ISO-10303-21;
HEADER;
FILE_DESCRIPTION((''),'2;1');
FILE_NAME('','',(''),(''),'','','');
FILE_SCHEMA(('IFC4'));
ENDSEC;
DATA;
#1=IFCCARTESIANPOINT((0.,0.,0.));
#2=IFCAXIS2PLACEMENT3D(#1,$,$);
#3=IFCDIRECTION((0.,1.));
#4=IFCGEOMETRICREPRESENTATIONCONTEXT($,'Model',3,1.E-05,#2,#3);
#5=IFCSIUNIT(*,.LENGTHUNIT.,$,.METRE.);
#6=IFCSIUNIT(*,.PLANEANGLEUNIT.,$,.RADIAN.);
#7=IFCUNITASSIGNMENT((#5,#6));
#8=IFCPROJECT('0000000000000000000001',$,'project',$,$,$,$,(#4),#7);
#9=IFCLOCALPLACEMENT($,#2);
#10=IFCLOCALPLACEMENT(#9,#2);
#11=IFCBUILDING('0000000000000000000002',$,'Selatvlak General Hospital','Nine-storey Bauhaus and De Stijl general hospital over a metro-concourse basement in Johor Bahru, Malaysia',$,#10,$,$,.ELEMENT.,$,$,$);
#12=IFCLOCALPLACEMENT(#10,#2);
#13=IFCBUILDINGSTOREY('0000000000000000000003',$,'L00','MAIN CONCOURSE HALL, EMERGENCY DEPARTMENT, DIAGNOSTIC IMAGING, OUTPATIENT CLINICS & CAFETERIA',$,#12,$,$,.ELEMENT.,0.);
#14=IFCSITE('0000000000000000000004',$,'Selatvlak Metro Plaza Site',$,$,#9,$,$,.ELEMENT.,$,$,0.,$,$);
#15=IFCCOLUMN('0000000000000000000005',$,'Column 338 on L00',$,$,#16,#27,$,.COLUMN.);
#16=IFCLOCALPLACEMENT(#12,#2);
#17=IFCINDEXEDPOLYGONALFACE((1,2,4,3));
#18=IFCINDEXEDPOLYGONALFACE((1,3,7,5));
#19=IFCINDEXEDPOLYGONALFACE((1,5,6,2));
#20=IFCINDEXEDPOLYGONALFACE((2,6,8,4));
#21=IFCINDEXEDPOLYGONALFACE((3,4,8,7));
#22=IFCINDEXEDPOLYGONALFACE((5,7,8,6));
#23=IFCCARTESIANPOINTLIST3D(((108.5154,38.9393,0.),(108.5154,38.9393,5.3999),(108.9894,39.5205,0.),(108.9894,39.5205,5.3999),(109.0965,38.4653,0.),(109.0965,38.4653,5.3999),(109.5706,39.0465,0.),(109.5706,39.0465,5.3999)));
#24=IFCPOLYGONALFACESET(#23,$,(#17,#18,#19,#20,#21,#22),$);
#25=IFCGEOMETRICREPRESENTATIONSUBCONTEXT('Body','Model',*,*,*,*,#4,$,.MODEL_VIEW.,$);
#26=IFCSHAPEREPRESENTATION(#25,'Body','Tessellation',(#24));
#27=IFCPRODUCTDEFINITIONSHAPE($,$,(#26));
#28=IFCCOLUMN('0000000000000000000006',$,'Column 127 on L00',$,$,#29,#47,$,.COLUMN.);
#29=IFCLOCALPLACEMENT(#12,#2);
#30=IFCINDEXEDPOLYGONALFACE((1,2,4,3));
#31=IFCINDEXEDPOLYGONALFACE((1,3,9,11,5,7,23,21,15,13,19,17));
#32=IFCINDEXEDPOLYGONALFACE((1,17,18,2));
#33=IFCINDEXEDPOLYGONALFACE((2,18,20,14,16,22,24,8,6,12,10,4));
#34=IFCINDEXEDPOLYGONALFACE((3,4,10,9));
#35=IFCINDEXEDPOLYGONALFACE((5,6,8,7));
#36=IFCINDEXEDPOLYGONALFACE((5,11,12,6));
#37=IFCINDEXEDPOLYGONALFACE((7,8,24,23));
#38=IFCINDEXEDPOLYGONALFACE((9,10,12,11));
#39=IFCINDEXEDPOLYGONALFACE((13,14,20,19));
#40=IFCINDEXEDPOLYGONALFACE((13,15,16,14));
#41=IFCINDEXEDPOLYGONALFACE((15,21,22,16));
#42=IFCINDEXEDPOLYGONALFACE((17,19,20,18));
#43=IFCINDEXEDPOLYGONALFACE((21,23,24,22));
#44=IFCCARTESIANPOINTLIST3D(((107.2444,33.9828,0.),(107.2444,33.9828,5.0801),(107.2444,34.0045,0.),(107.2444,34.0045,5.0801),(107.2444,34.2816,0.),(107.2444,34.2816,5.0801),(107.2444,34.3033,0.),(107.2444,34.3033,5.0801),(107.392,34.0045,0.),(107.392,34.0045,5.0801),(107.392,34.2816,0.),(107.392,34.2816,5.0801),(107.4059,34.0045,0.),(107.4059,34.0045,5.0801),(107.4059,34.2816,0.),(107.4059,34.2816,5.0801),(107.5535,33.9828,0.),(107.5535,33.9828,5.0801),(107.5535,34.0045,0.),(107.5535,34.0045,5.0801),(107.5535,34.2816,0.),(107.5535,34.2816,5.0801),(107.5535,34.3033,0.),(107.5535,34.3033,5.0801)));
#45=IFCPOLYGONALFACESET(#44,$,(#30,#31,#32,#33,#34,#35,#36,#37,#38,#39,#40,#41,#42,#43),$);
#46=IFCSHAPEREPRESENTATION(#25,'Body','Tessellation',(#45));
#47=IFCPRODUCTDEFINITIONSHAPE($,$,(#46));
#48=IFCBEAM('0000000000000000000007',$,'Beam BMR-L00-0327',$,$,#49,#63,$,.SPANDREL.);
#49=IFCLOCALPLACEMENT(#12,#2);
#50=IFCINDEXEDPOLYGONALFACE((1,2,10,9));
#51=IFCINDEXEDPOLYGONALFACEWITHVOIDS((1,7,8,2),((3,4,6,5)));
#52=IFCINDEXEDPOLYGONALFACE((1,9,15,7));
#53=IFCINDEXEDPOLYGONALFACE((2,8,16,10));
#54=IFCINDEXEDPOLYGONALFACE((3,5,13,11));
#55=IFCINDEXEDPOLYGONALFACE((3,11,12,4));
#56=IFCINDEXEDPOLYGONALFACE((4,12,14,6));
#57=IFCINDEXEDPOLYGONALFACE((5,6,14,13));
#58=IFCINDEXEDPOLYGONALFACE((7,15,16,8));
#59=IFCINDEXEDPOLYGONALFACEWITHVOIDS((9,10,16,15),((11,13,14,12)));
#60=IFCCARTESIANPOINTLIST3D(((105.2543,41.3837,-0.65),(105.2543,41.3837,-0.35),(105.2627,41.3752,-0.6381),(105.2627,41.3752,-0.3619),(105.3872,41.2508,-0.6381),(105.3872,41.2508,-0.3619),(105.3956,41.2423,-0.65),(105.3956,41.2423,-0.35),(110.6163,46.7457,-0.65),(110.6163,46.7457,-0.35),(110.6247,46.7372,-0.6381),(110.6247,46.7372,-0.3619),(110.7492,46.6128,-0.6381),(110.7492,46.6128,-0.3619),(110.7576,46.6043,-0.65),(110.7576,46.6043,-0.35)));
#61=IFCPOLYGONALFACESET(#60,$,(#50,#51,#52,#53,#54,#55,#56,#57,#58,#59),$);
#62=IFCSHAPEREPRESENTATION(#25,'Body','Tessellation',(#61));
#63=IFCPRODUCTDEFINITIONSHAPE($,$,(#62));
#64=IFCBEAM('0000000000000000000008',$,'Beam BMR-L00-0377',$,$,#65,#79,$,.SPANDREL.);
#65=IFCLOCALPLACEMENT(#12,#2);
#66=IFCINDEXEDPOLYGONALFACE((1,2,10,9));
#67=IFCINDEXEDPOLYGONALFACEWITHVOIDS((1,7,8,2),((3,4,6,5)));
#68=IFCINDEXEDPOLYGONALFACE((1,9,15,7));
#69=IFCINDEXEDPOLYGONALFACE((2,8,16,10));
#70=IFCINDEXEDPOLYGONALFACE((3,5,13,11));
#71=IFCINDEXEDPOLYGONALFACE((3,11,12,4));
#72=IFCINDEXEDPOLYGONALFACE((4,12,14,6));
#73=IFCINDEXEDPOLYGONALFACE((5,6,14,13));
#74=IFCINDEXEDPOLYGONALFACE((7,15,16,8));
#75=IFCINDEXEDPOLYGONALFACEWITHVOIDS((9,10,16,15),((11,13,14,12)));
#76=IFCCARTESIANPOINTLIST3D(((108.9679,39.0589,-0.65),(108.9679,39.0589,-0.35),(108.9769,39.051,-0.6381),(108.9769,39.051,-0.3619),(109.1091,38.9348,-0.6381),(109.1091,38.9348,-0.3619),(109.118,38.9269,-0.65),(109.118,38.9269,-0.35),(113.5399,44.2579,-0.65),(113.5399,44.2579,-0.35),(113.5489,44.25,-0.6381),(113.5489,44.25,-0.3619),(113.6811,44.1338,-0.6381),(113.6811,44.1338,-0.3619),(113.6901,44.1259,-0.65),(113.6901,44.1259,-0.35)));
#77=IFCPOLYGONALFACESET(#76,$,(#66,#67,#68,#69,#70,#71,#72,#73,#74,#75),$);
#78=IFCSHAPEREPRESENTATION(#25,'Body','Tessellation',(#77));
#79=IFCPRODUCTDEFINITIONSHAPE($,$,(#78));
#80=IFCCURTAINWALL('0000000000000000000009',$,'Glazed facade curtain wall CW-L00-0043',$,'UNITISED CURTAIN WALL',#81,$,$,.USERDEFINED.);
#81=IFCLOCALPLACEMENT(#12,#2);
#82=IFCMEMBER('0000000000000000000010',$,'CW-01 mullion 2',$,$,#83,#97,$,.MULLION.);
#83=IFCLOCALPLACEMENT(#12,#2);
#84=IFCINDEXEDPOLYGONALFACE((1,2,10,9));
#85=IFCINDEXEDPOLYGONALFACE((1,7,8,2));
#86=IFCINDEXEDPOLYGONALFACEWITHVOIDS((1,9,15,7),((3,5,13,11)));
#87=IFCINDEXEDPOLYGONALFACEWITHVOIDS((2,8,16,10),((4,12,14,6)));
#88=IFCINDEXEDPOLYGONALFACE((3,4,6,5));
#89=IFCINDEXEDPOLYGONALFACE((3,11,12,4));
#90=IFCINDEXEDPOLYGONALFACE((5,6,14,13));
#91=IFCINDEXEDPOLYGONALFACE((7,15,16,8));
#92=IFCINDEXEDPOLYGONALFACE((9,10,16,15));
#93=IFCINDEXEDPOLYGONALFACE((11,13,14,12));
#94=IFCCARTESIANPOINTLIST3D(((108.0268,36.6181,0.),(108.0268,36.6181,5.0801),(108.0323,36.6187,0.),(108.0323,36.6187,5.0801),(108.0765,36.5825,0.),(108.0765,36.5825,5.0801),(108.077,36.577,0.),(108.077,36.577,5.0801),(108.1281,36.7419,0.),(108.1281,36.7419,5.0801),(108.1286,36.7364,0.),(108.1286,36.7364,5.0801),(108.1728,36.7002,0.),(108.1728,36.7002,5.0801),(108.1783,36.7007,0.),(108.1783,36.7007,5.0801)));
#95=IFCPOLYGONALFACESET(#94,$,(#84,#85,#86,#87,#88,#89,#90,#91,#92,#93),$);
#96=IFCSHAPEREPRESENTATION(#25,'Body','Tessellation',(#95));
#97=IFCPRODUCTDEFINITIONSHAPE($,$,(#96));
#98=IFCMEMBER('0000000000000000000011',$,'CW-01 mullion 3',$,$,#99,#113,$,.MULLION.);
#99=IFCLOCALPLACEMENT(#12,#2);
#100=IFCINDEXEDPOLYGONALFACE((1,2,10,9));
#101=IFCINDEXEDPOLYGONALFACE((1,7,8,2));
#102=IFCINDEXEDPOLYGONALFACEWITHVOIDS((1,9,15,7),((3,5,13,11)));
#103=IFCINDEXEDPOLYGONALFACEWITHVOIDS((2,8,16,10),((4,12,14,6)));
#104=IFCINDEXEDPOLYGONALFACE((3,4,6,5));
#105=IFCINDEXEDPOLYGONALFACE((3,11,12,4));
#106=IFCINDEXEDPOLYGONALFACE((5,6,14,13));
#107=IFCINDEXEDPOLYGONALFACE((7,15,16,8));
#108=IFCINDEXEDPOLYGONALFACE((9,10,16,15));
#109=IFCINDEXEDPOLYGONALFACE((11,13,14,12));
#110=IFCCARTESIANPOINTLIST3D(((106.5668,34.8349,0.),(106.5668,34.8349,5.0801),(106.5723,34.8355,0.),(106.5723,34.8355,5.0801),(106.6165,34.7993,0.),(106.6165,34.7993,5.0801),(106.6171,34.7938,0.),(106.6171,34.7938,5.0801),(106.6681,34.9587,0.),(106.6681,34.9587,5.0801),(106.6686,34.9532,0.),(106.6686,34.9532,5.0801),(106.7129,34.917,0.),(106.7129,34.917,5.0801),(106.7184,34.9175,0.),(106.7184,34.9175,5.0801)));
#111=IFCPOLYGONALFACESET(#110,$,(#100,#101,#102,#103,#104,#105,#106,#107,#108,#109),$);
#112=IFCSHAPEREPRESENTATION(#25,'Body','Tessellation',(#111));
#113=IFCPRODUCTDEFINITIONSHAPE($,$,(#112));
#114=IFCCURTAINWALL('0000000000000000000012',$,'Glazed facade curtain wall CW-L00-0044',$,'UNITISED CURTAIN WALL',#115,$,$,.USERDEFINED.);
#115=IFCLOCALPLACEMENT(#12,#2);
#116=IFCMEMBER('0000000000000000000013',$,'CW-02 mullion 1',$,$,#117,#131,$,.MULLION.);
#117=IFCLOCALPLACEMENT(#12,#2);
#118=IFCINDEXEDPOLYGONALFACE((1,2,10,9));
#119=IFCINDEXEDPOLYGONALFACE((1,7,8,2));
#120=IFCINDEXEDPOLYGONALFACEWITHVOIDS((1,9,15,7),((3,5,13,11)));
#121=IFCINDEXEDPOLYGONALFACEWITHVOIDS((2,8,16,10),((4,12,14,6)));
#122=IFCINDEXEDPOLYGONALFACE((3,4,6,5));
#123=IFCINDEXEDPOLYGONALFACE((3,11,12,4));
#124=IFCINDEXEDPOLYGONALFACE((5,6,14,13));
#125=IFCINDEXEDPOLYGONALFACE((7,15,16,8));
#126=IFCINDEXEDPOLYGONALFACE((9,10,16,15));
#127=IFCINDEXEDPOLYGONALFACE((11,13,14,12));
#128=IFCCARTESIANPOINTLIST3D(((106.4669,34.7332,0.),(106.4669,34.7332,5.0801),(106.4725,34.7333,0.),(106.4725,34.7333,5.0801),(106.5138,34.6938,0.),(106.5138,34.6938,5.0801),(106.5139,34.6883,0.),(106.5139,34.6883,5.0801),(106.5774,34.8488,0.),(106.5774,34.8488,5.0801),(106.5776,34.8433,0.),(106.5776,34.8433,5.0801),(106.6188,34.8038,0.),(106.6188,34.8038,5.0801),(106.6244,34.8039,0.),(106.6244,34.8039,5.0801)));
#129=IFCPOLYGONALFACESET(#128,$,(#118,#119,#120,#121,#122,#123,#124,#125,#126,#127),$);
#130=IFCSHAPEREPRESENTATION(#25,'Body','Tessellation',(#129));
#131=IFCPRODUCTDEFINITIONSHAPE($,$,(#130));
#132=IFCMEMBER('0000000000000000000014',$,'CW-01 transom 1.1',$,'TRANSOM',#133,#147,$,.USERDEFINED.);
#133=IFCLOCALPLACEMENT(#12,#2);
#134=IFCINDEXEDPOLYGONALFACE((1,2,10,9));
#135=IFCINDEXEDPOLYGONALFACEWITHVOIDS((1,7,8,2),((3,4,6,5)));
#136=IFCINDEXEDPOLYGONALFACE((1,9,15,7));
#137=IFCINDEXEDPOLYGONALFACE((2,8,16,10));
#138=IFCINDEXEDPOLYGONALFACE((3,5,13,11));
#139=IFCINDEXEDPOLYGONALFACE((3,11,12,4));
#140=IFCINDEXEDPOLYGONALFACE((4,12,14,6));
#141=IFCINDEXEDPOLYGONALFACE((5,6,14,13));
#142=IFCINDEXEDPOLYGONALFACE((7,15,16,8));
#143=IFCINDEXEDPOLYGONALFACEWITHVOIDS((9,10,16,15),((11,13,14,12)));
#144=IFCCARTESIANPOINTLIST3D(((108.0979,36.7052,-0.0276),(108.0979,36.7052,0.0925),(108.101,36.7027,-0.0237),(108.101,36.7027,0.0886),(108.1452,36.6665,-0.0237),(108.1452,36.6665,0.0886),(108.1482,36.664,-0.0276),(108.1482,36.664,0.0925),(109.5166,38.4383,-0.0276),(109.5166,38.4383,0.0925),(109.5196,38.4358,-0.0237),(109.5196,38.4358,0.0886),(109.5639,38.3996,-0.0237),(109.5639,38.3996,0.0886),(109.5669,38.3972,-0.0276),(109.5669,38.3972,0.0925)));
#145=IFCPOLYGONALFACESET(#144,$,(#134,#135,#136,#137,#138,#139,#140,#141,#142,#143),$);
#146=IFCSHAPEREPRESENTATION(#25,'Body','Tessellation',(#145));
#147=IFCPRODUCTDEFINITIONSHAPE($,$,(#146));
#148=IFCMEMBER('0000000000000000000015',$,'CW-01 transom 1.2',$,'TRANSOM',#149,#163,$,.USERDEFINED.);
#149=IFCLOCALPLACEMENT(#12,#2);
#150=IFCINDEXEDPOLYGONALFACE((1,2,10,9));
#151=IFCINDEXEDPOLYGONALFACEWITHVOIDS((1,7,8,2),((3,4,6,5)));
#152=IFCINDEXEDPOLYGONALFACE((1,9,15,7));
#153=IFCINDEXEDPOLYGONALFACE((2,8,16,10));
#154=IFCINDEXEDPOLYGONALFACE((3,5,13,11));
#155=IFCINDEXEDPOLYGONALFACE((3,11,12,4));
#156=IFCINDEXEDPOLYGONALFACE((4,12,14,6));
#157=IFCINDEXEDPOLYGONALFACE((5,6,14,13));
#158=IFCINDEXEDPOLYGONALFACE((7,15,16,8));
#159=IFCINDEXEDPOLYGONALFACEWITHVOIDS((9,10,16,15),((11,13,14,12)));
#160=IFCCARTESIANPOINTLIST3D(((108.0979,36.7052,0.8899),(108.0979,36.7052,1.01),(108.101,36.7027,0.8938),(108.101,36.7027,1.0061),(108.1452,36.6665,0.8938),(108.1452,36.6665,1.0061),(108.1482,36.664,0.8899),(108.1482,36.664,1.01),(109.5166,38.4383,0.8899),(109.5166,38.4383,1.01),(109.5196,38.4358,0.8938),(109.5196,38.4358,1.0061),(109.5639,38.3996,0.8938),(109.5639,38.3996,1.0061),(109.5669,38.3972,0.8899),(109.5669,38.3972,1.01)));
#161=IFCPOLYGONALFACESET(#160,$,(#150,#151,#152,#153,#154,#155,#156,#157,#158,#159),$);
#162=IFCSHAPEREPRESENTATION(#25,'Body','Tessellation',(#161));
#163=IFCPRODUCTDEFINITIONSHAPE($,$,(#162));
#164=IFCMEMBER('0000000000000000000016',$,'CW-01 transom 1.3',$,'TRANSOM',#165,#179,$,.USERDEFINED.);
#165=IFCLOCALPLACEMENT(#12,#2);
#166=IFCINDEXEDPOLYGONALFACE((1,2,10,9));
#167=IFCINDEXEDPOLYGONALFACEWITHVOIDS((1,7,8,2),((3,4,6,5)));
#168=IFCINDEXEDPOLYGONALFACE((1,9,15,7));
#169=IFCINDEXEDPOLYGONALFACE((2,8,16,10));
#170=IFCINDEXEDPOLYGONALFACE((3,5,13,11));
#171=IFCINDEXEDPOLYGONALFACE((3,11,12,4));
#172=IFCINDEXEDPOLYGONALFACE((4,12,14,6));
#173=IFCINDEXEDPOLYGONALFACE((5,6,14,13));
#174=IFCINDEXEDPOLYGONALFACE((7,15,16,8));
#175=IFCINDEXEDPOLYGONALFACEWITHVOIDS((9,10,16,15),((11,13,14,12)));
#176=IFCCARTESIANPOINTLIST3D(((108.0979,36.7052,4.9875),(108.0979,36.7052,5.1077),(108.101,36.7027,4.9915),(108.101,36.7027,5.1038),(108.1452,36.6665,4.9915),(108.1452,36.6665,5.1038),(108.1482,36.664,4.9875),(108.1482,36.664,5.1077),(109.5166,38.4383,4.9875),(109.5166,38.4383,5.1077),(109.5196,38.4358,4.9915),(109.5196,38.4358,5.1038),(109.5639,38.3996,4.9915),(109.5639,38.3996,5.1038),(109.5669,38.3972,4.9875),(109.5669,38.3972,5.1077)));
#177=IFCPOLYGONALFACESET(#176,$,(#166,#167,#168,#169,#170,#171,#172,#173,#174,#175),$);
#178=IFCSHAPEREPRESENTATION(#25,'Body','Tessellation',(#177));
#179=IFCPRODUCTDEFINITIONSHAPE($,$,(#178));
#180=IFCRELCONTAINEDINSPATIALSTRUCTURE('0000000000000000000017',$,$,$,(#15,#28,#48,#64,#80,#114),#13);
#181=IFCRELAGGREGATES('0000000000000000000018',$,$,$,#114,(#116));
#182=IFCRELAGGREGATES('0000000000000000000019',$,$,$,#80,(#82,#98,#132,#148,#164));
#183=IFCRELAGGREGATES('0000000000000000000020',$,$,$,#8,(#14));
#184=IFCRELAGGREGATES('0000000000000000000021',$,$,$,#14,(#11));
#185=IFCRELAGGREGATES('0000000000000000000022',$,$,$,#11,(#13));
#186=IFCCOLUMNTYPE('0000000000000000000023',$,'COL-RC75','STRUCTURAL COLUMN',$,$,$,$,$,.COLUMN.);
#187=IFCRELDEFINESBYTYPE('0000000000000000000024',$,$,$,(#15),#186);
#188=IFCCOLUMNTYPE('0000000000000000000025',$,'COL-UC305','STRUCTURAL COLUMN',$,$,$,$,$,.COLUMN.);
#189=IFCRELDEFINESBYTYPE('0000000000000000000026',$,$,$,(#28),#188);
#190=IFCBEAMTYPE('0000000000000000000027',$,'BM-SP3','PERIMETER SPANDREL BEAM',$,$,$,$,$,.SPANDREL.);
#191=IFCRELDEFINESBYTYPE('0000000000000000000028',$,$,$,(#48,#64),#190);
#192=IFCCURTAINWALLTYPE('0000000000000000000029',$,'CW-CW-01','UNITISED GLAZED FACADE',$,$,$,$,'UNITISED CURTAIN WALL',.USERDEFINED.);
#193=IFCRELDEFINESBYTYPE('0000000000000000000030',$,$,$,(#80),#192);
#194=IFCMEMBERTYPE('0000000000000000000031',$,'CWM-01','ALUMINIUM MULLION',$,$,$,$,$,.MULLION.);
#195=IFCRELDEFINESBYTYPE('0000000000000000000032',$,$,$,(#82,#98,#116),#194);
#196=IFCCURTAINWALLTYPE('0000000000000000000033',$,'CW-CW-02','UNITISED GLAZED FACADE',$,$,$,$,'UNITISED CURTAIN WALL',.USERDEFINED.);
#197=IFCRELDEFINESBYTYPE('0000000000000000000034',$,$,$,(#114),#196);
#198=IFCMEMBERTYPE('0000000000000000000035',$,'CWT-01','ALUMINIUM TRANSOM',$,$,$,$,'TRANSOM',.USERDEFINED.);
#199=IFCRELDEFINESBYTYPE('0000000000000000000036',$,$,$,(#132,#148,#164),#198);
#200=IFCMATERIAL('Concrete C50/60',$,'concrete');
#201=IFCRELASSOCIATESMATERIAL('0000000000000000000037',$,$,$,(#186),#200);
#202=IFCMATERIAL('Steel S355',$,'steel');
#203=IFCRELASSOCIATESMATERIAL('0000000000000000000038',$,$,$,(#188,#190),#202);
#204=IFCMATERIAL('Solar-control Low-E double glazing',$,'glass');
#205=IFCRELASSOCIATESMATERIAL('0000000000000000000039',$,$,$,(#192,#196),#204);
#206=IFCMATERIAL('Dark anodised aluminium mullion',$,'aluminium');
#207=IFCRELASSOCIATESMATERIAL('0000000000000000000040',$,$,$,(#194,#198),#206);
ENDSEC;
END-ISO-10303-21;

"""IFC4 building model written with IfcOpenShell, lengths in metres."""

from ifc_helpers import new_model, si_unit, direction, frame, origin, origin_2d, place, context, subcontext, project, spatial, rectangle, hollow_rectangle, i_section, extrude, material, material_profile, profile_set, type_object, element, aggregate, save


model = new_model("IFC4")

# Units and contexts
model_context = context("Model", 3, precision=1e-05, world=origin(), true_north=direction((0.0, 1.0)))
body_context = subcontext(model_context, "Body", "Model", "MODEL_VIEW")
ifc_project = project(units=[si_unit("LENGTHUNIT", "METRE"), si_unit("PLANEANGLEUNIT", "RADIAN")], contexts=[model_context])

# Site, building, storey
site_placement = place(None, origin())
site = spatial("IfcSite", under=ifc_project, at=site_placement, Name="Selatvlak Metro Plaza Site", CompositionType="ELEMENT", RefElevation=0.0)
building_placement = place(site_placement, origin())
building = spatial("IfcBuilding", under=site, at=building_placement, Name="Selatvlak General Hospital", Description="Nine-storey Bauhaus and De Stijl general hospital over a metro-concourse basement in Johor Bahru, Malaysia", CompositionType="ELEMENT")
storey_placement = place(building_placement, origin())
storey = spatial("IfcBuildingStorey", under=building, at=storey_placement, Name="L00", Description="MAIN CONCOURSE HALL, EMERGENCY DEPARTMENT, DIAGNOSTIC IMAGING, OUTPATIENT CLINICS & CAFETERIA", CompositionType="ELEMENT", Elevation=0.0)

# Columns
ifc_material_1 = material(Name="Concrete C50/60", Category="concrete")
ifc_material_profile_1 = material_profile(ifc_material_1, rectangle(XDim=0.75, YDim=0.75, at=origin_2d()), Name="RC-COL 750x750")
ifc_profile_set_1 = profile_set([ifc_material_profile_1], Name="Concrete C50/60")
column_type_1 = type_object("IfcColumnType", Name="COL-RC75", Description="STRUCTURAL COLUMN", PredefinedType="COLUMN", material=ifc_profile_set_1)
column_1_placement = place(storey_placement, frame((109.043, 38.9929, 0.0), z_axis=(0.0, 0.0, 1.0), x_axis=(-0.774922, 0.632056, 0.0)))
element("IfcColumn", 1, at=column_1_placement, inside=storey, type_object=column_type_1, Name="Column 338 on L00", PredefinedType="COLUMN", context=body_context, shape_type="SweptSolid", body=[
    extrude(rectangle(XDim=0.75, YDim=0.75, at=origin_2d()), origin(), (0.0, 0.0, 1.0), 5.3999),
])
ifc_material_2 = material(Name="Steel S355", Category="steel")
ifc_material_profile_2 = material_profile(ifc_material_2, i_section(OverallWidth=0.3091, OverallDepth=0.3206, WebThickness=0.0139, FlangeThickness=0.0217, at=origin_2d()), Name="UC 305x305x137")
ifc_profile_set_2 = profile_set([ifc_material_profile_2], Name="Steel S355")
column_type_2 = type_object("IfcColumnType", Name="COL-UC305", Description="STRUCTURAL COLUMN", PredefinedType="COLUMN", material=ifc_profile_set_2)
column_2_placement = place(storey_placement, frame((107.3989, 34.1431, 0.0), z_axis=(0.0, 0.0, 1.0), x_axis=(1.0, 0.0, 0.0)))
element("IfcColumn", 2, at=column_2_placement, inside=storey, type_object=column_type_2, Name="Column 127 on L00", PredefinedType="COLUMN", context=body_context, shape_type="SweptSolid", body=[
    extrude(i_section(OverallWidth=0.3091, OverallDepth=0.3206, WebThickness=0.0139, FlangeThickness=0.0217, at=origin_2d()), origin(), (0.0, 0.0, 1.0), 5.0801),
])

# Beams
ifc_material_profile_3 = material_profile(ifc_material_2, hollow_rectangle(XDim=0.2, YDim=0.3, WallThickness=0.012, at=origin_2d()), Name="RHS 300x200x12")
ifc_profile_set_3 = profile_set([ifc_material_profile_3], Name="Steel S355")
beam_type = type_object("IfcBeamType", Name="BM-SP3", Description="PERIMETER SPANDREL BEAM", PredefinedType="SPANDREL", material=ifc_profile_set_3)
beam_1_placement = place(storey_placement, frame((105.325, 41.313, -0.5), z_axis=(0.707107, 0.707107, 0.0), x_axis=(-0.707107, 0.707107, 0.0)))
element("IfcBeam", 3, at=beam_1_placement, inside=storey, type_object=beam_type, Name="Beam BMR-L00-0327", PredefinedType="SPANDREL", context=body_context, shape_type="SweptSolid", body=[
    extrude(hollow_rectangle(XDim=0.2, YDim=0.3, WallThickness=0.012, at=origin_2d()), origin(), (0.0, 0.0, 1.0), 7.583),
])
beam_2_placement = place(storey_placement, frame((109.043, 38.9929, -0.5), z_axis=(0.660377, 0.750934, 0.0), x_axis=(-0.750934, 0.660377, 0.0)))
element("IfcBeam", 4, at=beam_2_placement, inside=storey, type_object=beam_type, Name="Beam BMR-L00-0377", PredefinedType="SPANDREL", context=body_context, shape_type="SweptSolid", body=[
    extrude(hollow_rectangle(XDim=0.2, YDim=0.3, WallThickness=0.012, at=origin_2d()), origin(), (0.0, 0.0, 1.0), 6.9233),
])

# Curtain wall, members
ifc_material_3 = material(Name="Solar-control Low-E double glazing", Category="glass")
curtain_wall_type_1 = type_object("IfcCurtainWallType", Name="CW-CW-01", Description="UNITISED GLAZED FACADE", ElementType="UNITISED CURTAIN WALL", PredefinedType="USERDEFINED", material=ifc_material_3)
curtain_wall_1_placement = place(storey_placement, origin())
curtain_wall_1 = element("IfcCurtainWall", 5, at=curtain_wall_1_placement, inside=storey, type_object=curtain_wall_type_1, Name="Glazed facade curtain wall CW-L00-0043", ObjectType="UNITISED CURTAIN WALL", PredefinedType="USERDEFINED")
ifc_material_4 = material(Name="Dark anodised aluminium mullion", Category="aluminium")
ifc_material_profile_4 = material_profile(ifc_material_4, hollow_rectangle(XDim=0.0649, YDim=0.1599, WallThickness=0.0039, at=origin_2d()), Name="AL-MUL 65x160x4")
ifc_profile_set_4 = profile_set([ifc_material_profile_4], Name="Dark anodised aluminium mullion")
member_type_1 = type_object("IfcMemberType", Name="CWM-01", Description="ALUMINIUM MULLION", PredefinedType="MULLION", material=ifc_profile_set_4)
member_1_placement = place(storey_placement, frame((108.1025, 36.6594, 0.0), z_axis=(0.0, 0.0, 1.0), x_axis=(0.773786, -0.633447, 0.0)))
member_1 = element("IfcMember", 6, at=member_1_placement, type_object=member_type_1, Name="CW-01 mullion 2", PredefinedType="MULLION", context=body_context, shape_type="SweptSolid", body=[
    extrude(hollow_rectangle(XDim=0.0649, YDim=0.1599, WallThickness=0.0039, at=origin_2d()), origin(), (0.0, 0.0, 1.0), 5.0801),
])
member_2_placement = place(storey_placement, frame((106.6426, 34.8762, 0.0), z_axis=(0.0, 0.0, 1.0), x_axis=(0.773786, -0.633447, 0.0)))
member_2 = element("IfcMember", 7, at=member_2_placement, type_object=member_type_1, Name="CW-01 mullion 3", PredefinedType="MULLION", context=body_context, shape_type="SweptSolid", body=[
    extrude(hollow_rectangle(XDim=0.0649, YDim=0.1599, WallThickness=0.0039, at=origin_2d()), origin(), (0.0, 0.0, 1.0), 5.0801),
])

# Curtain wall, member
curtain_wall_type_2 = type_object("IfcCurtainWallType", Name="CW-CW-02", Description="UNITISED GLAZED FACADE", ElementType="UNITISED CURTAIN WALL", PredefinedType="USERDEFINED", material=ifc_material_3)
curtain_wall_2_placement = place(storey_placement, origin())
curtain_wall_2 = element("IfcCurtainWall", 8, at=curtain_wall_2_placement, inside=storey, type_object=curtain_wall_type_2, Name="Glazed facade curtain wall CW-L00-0044", ObjectType="UNITISED CURTAIN WALL", PredefinedType="USERDEFINED")
member_3_placement = place(storey_placement, frame((106.5457, 34.7686, 0.0), z_axis=(0.0, 0.0, 1.0), x_axis=(0.722909, -0.690943, 0.0)))
member_3 = element("IfcMember", 9, at=member_3_placement, type_object=member_type_1, Name="CW-02 mullion 1", PredefinedType="MULLION", context=body_context, shape_type="SweptSolid", body=[
    extrude(hollow_rectangle(XDim=0.0649, YDim=0.1599, WallThickness=0.0039, at=origin_2d()), origin(), (0.0, 0.0, 1.0), 5.0801),
])

# Members
ifc_material_profile_5 = material_profile(ifc_material_4, hollow_rectangle(XDim=0.0649, YDim=0.1201, WallThickness=0.0039, at=origin_2d()), Name="AL-TRN 65x120x4")
ifc_profile_set_5 = profile_set([ifc_material_profile_5], Name="Dark anodised aluminium mullion")
member_type_2 = type_object("IfcMemberType", Name="CWT-01", Description="ALUMINIUM TRANSOM", ElementType="TRANSOM", PredefinedType="USERDEFINED", material=ifc_profile_set_5)
member_4_placement = place(storey_placement, frame((109.5417, 38.4177, 0.0325), z_axis=(-0.633416, -0.773812, 0.0), x_axis=(0.773812, -0.633416, 0.0)))
member_4 = element("IfcMember", 10, at=member_4_placement, type_object=member_type_2, Name="CW-01 transom 1.1", ObjectType="TRANSOM", PredefinedType="USERDEFINED", context=body_context, shape_type="SweptSolid", body=[
    extrude(hollow_rectangle(XDim=0.0649, YDim=0.1201, WallThickness=0.0039, at=origin_2d()), origin(), (0.0, 0.0, 1.0), 2.2397),
])
member_5_placement = place(storey_placement, frame((109.5417, 38.4177, 0.95), z_axis=(-0.633416, -0.773812, 0.0), x_axis=(0.773812, -0.633416, 0.0)))
member_5 = element("IfcMember", 11, at=member_5_placement, type_object=member_type_2, Name="CW-01 transom 1.2", ObjectType="TRANSOM", PredefinedType="USERDEFINED", context=body_context, shape_type="SweptSolid", body=[
    extrude(hollow_rectangle(XDim=0.0649, YDim=0.1201, WallThickness=0.0039, at=origin_2d()), origin(), (0.0, 0.0, 1.0), 2.2397),
])
member_6_placement = place(storey_placement, frame((109.5417, 38.4177, 5.0476), z_axis=(-0.633416, -0.773812, 0.0), x_axis=(0.773812, -0.633416, 0.0)))
member_6 = element("IfcMember", 12, at=member_6_placement, type_object=member_type_2, Name="CW-01 transom 1.3", ObjectType="TRANSOM", PredefinedType="USERDEFINED", context=body_context, shape_type="SweptSolid", body=[
    extrude(hollow_rectangle(XDim=0.0649, YDim=0.1201, WallThickness=0.0039, at=origin_2d()), origin(), (0.0, 0.0, 1.0), 2.2397),
])
aggregate(curtain_wall_2, [member_3])

aggregate(curtain_wall_1, [member_1, member_2, member_4, member_5, member_6])

save(model, "model.ifc")
